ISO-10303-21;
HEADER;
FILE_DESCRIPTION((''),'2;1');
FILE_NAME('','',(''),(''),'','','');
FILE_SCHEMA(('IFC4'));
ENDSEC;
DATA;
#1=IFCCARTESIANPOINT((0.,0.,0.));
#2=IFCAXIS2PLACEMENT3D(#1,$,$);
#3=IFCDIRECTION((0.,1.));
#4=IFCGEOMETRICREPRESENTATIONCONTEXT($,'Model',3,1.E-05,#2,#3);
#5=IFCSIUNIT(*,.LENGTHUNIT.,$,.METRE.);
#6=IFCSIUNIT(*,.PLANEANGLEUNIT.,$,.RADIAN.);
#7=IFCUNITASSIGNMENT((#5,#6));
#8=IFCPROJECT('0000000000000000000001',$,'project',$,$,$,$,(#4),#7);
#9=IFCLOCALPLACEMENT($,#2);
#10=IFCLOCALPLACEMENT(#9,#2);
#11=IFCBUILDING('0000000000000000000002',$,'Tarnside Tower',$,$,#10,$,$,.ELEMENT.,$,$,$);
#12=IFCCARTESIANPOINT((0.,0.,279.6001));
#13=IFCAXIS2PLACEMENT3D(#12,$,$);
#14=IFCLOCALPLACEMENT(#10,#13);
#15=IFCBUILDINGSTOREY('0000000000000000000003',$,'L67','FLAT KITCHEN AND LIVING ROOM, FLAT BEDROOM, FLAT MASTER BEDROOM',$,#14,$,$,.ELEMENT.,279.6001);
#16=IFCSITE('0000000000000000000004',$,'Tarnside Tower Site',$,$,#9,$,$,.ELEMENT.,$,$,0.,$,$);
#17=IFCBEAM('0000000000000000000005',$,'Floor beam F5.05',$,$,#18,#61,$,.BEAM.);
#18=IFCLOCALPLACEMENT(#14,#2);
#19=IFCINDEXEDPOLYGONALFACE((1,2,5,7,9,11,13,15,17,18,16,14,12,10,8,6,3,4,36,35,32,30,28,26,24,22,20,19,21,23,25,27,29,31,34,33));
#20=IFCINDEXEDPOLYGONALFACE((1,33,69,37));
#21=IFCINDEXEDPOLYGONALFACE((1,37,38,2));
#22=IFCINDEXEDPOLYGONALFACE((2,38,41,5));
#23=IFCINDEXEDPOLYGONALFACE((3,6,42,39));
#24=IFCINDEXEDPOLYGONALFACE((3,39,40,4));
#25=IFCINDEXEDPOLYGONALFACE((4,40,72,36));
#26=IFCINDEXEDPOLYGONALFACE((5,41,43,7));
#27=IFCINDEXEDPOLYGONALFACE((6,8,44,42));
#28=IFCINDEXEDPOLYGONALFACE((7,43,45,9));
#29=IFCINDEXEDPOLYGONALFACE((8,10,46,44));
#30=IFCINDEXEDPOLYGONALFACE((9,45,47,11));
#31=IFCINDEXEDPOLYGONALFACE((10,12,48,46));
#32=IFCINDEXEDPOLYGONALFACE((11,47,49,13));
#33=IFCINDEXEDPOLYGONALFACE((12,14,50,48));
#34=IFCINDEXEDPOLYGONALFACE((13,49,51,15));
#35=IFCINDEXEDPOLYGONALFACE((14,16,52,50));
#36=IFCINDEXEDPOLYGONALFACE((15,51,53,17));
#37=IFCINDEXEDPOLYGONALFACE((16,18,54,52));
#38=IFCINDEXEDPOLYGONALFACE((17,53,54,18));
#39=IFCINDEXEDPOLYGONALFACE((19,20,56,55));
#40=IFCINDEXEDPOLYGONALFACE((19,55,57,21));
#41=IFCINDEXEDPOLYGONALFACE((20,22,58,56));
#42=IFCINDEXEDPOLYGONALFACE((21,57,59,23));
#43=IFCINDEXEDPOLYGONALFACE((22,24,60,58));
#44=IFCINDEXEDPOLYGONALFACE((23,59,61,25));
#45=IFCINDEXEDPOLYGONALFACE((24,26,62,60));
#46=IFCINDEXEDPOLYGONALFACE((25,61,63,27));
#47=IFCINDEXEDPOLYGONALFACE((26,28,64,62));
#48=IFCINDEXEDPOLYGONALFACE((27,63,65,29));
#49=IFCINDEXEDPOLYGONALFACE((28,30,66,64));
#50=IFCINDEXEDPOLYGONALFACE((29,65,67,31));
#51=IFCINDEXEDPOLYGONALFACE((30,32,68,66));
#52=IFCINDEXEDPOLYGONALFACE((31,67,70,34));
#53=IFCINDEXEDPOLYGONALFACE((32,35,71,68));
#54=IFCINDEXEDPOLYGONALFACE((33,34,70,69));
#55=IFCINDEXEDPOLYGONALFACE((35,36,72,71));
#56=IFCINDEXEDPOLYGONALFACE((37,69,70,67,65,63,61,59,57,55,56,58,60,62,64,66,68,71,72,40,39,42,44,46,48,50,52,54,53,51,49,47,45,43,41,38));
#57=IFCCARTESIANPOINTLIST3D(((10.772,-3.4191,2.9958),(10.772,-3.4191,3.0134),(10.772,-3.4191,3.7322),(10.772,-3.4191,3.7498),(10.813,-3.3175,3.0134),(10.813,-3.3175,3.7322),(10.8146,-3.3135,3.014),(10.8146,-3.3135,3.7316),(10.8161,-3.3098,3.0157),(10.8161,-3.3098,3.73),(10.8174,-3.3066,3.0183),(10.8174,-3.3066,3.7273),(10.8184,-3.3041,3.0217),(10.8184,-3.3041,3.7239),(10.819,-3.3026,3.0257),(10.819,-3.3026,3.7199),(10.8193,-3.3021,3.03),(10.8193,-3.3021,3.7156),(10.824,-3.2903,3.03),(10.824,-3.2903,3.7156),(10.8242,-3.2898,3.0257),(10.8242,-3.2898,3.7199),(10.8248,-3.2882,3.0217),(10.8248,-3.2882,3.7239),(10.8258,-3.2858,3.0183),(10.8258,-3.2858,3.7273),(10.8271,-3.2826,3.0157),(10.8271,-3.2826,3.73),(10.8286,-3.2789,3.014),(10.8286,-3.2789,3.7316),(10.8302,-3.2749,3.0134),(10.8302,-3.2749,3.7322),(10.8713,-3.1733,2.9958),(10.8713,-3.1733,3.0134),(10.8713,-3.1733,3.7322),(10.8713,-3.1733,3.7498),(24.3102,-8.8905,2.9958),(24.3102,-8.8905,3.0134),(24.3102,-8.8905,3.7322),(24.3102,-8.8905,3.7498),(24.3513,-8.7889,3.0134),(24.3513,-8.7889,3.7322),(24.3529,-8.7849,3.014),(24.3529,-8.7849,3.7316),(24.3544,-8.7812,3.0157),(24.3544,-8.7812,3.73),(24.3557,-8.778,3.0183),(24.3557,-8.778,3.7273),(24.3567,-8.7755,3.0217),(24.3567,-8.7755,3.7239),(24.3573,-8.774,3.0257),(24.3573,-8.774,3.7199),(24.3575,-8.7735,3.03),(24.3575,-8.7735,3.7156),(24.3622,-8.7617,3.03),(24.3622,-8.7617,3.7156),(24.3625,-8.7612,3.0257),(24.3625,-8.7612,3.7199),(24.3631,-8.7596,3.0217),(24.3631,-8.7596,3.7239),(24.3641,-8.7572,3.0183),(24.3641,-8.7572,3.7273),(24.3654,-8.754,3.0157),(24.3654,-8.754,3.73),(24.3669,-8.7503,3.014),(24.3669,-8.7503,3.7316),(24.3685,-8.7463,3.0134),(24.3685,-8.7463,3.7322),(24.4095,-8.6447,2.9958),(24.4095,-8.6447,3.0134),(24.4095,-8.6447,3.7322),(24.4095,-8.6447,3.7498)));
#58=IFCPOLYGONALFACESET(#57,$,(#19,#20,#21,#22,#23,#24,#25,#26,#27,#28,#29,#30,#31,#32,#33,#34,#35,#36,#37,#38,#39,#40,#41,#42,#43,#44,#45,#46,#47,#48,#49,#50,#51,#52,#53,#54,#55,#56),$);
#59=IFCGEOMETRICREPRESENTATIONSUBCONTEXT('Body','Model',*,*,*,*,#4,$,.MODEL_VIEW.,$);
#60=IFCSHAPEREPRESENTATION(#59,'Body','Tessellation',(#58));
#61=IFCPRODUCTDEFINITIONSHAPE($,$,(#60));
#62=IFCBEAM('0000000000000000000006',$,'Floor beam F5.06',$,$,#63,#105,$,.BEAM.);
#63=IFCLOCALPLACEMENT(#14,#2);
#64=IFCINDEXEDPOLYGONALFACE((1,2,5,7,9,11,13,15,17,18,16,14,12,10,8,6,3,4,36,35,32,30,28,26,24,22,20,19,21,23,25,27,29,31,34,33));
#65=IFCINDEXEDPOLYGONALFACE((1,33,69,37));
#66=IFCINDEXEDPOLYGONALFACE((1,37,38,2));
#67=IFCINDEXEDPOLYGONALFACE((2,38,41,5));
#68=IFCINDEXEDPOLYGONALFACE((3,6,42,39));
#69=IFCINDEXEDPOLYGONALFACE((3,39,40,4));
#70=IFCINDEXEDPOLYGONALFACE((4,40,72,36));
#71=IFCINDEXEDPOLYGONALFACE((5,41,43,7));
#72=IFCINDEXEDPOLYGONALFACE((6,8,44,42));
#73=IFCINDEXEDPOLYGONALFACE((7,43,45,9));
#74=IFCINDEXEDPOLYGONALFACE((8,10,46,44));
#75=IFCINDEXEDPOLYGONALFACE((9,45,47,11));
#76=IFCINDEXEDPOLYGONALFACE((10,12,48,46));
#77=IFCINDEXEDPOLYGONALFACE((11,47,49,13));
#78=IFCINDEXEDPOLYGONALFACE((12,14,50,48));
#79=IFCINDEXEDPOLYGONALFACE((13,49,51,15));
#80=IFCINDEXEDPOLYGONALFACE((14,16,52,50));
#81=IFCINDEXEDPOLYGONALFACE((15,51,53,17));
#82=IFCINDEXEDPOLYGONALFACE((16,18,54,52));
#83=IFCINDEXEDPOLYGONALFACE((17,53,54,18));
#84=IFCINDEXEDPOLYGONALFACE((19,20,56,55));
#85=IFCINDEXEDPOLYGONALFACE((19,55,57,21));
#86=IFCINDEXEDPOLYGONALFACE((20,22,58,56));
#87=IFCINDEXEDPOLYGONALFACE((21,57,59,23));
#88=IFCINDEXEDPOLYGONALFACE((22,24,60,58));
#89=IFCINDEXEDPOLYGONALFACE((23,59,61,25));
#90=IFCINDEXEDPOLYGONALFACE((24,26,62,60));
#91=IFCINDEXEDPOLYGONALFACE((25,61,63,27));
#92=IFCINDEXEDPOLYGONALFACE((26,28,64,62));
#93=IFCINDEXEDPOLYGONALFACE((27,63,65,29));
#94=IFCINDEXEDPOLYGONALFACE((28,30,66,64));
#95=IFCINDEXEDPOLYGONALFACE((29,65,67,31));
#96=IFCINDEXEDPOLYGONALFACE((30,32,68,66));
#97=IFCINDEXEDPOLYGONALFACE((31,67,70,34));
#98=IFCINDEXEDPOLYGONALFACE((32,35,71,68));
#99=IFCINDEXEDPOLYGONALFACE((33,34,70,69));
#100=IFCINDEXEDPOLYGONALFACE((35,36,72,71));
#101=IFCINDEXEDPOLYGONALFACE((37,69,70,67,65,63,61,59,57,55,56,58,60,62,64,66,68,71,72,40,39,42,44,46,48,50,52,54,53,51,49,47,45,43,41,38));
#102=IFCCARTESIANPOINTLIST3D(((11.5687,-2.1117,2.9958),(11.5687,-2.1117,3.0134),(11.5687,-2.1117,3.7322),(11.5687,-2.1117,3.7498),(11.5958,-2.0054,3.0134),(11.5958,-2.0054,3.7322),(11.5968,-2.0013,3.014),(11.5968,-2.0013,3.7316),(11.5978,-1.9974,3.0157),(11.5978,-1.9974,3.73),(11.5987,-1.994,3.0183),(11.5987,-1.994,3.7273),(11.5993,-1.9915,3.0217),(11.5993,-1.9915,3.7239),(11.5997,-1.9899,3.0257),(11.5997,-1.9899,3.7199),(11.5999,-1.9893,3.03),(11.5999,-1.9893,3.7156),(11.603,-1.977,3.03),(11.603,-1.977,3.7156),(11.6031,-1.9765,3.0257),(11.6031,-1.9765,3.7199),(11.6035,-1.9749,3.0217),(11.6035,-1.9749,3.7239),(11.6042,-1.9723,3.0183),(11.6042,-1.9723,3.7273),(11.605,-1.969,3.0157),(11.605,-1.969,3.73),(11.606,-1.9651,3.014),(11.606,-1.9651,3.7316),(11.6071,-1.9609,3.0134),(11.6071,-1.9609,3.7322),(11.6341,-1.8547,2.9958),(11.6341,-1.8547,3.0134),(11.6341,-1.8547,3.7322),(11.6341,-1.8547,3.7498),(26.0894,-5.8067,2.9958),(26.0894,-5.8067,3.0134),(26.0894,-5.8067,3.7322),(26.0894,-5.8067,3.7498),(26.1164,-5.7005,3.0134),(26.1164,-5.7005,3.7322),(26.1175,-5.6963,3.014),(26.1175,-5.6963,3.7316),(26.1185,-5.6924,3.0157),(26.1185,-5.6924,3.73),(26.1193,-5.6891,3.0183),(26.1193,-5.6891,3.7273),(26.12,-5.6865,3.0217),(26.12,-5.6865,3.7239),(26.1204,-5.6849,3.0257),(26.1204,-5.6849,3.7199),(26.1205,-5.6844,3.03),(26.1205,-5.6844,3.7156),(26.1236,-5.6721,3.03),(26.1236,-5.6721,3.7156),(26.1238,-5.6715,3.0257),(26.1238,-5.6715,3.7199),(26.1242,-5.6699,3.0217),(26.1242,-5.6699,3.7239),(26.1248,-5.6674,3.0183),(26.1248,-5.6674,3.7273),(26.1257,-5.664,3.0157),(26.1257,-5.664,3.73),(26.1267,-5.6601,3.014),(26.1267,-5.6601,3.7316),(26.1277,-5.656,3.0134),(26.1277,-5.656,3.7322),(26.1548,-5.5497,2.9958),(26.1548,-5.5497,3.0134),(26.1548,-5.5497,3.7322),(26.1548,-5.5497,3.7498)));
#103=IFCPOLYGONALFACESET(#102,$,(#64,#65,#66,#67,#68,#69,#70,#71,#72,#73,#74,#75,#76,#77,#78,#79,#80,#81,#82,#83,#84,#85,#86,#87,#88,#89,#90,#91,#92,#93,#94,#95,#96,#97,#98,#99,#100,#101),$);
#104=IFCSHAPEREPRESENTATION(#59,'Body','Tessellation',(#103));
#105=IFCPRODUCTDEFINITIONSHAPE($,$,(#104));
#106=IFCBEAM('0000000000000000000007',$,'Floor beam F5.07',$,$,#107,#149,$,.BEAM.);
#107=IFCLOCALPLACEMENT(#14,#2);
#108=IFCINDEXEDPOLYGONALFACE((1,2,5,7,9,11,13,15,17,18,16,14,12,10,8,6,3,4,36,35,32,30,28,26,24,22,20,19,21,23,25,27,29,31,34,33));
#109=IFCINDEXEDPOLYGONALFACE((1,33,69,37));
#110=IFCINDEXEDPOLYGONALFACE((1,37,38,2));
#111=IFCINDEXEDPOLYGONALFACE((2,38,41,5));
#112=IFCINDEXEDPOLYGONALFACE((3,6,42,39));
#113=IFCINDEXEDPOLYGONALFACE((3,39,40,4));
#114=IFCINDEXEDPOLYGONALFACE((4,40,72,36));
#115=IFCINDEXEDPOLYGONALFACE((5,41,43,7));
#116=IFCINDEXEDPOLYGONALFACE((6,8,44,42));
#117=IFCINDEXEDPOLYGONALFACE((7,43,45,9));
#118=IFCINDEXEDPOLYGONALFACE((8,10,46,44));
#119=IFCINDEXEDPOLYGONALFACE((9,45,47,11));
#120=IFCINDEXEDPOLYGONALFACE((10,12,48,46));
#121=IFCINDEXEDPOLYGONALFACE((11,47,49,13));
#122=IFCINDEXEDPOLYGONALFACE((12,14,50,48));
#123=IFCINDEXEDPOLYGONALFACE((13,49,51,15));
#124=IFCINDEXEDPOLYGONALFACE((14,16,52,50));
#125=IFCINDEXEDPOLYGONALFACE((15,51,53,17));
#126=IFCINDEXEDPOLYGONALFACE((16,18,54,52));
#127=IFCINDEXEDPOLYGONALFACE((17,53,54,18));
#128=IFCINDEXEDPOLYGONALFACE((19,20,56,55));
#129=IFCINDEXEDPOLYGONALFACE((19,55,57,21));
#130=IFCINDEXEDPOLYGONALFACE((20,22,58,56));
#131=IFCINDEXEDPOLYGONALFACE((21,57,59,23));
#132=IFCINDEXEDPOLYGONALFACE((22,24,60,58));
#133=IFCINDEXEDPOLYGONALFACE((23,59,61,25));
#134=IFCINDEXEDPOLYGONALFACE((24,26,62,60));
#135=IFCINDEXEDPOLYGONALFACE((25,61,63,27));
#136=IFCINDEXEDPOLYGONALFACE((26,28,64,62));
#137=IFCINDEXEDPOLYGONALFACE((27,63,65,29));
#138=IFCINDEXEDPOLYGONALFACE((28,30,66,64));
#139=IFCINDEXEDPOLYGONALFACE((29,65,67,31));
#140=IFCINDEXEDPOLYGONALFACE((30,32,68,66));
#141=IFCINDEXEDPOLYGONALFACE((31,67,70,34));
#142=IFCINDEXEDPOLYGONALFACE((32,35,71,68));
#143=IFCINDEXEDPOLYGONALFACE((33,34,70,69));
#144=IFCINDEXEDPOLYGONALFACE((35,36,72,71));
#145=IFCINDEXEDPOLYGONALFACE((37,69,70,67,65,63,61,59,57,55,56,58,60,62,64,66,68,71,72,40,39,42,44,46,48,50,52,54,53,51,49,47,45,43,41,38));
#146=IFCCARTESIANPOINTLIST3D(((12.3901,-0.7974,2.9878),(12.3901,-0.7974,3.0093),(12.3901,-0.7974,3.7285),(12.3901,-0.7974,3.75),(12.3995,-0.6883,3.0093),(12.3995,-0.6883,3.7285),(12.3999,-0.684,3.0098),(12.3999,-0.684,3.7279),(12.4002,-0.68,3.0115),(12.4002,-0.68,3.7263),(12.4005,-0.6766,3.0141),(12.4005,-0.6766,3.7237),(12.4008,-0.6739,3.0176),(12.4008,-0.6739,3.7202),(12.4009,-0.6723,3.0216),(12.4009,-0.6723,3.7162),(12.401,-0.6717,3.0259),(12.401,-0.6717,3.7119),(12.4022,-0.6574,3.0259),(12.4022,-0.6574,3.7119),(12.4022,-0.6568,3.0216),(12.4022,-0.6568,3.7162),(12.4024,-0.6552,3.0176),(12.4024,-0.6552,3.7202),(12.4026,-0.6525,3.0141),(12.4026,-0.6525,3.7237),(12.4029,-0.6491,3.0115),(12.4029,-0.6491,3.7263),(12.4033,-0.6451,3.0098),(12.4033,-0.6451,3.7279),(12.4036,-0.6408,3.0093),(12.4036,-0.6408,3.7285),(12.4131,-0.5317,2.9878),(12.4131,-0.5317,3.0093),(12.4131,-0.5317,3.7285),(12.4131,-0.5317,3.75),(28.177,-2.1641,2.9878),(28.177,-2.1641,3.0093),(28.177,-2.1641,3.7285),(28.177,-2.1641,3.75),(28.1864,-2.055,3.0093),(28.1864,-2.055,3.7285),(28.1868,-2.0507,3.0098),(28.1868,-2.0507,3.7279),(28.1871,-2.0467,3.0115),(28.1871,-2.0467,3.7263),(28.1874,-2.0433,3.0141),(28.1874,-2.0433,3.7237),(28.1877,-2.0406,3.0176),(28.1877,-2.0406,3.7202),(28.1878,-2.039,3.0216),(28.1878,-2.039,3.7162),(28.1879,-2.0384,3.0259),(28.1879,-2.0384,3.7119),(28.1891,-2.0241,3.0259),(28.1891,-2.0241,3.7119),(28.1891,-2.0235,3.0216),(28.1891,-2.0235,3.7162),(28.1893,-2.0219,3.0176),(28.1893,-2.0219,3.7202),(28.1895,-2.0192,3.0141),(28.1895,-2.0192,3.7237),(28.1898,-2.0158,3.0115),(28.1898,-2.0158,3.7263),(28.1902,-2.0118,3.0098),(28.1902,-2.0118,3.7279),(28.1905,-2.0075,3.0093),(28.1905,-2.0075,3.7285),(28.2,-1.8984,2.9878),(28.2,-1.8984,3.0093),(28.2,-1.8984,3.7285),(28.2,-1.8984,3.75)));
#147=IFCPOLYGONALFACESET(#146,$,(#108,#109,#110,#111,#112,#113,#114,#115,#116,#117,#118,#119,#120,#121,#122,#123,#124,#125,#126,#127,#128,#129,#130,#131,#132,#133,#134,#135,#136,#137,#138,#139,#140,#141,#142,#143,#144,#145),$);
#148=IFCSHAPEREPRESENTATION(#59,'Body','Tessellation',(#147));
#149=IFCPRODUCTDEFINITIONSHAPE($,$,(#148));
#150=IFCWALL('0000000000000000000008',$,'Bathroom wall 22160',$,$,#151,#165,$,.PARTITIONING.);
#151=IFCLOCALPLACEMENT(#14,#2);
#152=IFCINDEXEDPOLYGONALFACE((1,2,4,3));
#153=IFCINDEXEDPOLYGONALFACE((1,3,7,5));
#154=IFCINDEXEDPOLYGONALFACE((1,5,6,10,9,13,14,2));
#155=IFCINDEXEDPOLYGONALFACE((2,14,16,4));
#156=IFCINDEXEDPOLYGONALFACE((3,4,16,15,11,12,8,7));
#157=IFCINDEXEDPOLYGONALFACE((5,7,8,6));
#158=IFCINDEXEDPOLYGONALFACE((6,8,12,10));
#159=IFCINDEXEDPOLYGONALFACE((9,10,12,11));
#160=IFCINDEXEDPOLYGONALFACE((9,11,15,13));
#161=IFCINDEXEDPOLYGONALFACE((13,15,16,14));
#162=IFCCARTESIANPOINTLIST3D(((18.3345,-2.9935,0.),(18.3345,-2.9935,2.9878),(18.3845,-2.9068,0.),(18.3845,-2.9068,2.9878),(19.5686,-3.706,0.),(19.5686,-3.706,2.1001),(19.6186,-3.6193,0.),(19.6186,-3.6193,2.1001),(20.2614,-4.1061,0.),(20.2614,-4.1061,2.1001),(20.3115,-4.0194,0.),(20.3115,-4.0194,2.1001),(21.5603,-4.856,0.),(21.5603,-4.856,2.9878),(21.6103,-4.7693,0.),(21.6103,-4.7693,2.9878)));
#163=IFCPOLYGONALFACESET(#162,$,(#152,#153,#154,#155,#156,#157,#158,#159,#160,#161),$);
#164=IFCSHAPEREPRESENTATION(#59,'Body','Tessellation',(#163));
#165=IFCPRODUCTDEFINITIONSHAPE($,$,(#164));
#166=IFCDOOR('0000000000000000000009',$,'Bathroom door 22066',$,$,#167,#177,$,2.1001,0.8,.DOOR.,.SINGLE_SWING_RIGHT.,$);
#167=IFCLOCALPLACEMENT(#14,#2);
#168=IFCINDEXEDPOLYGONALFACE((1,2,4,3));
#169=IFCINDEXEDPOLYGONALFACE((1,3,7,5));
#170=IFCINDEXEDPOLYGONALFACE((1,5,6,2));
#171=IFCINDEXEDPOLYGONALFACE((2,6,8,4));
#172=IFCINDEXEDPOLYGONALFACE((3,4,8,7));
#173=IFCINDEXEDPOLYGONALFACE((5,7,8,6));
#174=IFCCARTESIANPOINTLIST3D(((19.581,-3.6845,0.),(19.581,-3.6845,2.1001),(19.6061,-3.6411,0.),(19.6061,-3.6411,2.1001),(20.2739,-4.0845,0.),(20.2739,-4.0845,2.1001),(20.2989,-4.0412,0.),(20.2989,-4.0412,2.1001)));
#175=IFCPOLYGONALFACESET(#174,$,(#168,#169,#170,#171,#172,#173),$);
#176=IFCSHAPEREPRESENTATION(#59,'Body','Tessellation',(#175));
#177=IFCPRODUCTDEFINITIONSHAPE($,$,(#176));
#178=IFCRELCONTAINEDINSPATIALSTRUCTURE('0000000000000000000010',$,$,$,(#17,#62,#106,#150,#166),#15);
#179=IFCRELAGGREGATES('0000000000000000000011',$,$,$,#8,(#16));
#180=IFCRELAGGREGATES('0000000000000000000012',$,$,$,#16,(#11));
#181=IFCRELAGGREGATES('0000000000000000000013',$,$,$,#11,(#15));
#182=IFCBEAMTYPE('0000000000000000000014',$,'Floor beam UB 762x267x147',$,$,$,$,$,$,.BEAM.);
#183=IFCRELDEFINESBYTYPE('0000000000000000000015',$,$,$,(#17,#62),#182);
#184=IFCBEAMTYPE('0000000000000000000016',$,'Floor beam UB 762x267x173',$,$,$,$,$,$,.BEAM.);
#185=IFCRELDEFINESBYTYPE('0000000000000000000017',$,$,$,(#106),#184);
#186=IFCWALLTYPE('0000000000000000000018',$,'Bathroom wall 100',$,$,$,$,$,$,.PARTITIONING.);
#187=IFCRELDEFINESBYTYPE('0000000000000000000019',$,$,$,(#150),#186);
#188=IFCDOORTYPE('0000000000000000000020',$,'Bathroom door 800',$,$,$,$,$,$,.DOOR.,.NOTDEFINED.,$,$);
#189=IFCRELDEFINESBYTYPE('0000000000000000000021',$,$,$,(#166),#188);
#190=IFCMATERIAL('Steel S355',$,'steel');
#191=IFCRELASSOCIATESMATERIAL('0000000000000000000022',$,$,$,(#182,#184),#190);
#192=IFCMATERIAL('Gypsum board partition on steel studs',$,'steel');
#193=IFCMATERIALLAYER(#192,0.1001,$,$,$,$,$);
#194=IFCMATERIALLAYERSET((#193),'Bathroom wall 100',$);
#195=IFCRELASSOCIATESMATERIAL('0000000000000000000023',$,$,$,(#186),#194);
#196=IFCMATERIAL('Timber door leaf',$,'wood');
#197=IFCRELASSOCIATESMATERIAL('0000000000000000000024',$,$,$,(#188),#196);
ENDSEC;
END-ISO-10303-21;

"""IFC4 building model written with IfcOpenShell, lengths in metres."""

from ifc_helpers import new_model, si_unit, direction, frame, frame_2d, origin, origin_2d, place, context, subcontext, project, spatial, rectangle, i_section, extrude, material, layer, layer_set, material_profile, profile_set, type_object, element, fill, save


model = new_model("IFC4")

# Units and contexts
model_context = context("Model", 3, precision=1e-05, world=origin(), true_north=direction((0.0, 1.0)))
body_context = subcontext(model_context, "Body", "Model", "MODEL_VIEW")
ifc_project = project(units=[si_unit("LENGTHUNIT", "METRE"), si_unit("PLANEANGLEUNIT", "RADIAN")], contexts=[model_context])

# Site, building, storey
site_placement = place(None, origin())
site = spatial("IfcSite", under=ifc_project, at=site_placement, Name="Tarnside Tower Site", CompositionType="ELEMENT", RefElevation=0.0)
building_placement = place(site_placement, origin())
building = spatial("IfcBuilding", under=site, at=building_placement, Name="Tarnside Tower", CompositionType="ELEMENT")
storey_placement = place(building_placement, frame((0.0, 0.0, 279.6001)))
storey = spatial("IfcBuildingStorey", under=building, at=storey_placement, Name="L67", Description="FLAT KITCHEN AND LIVING ROOM, FLAT BEDROOM, FLAT MASTER BEDROOM", CompositionType="ELEMENT", Elevation=279.6001)

# Beams
ifc_material_1 = material(Name="Steel S355", Category="steel")
ifc_material_profile_1 = material_profile(ifc_material_1, i_section(OverallWidth=0.2651, OverallDepth=0.7539, WebThickness=0.0127, FlangeThickness=0.0176, FilletRadius=0.0166, at=origin_2d()), Name="UB 762x267x147")
ifc_profile_set_1 = profile_set([ifc_material_profile_1], Name="Steel S355")
beam_type_1 = type_object("IfcBeamType", Name="Floor beam UB 762x267x147", PredefinedType="BEAM", material=ifc_profile_set_1)
beam_1_placement = place(storey_placement, frame((24.3599, -8.7676, 3.3728), z_axis=(-0.927146, 0.374701, 0.0), x_axis=(-0.374701, -0.927146, 0.0)))
element("IfcBeam", 1, at=beam_1_placement, inside=storey, type_object=beam_type_1, Name="Floor beam F5.05", PredefinedType="BEAM", context=body_context, shape_type="SweptSolid", body=[
    extrude(i_section(OverallWidth=0.2651, OverallDepth=0.7539, WebThickness=0.0127, FlangeThickness=0.0176, FilletRadius=0.0166, at=origin_2d()), origin(), (0.0, 0.0, 1.0), 14.6021),
])
beam_2_placement = place(storey_placement, frame((26.1221, -5.6782, 3.3728), z_axis=(-0.969115, 0.246609, 0.0), x_axis=(-0.246609, -0.969115, 0.0)))
element("IfcBeam", 2, at=beam_2_placement, inside=storey, type_object=beam_type_1, Name="Floor beam F5.06", PredefinedType="BEAM", context=body_context, shape_type="SweptSolid", body=[
    extrude(i_section(OverallWidth=0.2651, OverallDepth=0.7539, WebThickness=0.0127, FlangeThickness=0.0176, FilletRadius=0.0166, at=origin_2d()), origin(), (0.0, 0.0, 1.0), 14.9834),
])
ifc_material_profile_2 = material_profile(ifc_material_1, i_section(OverallWidth=0.2666, OverallDepth=0.7622, WebThickness=0.0144, FlangeThickness=0.0215, FilletRadius=0.0166, at=origin_2d()), Name="UB 762x267x173")
ifc_profile_set_2 = profile_set([ifc_material_profile_2], Name="Steel S355")
beam_type_2 = type_object("IfcBeamType", Name="Floor beam UB 762x267x173", PredefinedType="BEAM", material=ifc_profile_set_2)
beam_3_placement = place(storey_placement, frame((28.1885, -2.0312, 3.3689), z_axis=(-0.996274, 0.086249, 0.0), x_axis=(-0.086249, -0.996274, 0.0)))
element("IfcBeam", 3, at=beam_3_placement, inside=storey, type_object=beam_type_2, Name="Floor beam F5.07", PredefinedType="BEAM", context=body_context, shape_type="SweptSolid", body=[
    extrude(i_section(OverallWidth=0.2666, OverallDepth=0.7622, WebThickness=0.0144, FlangeThickness=0.0215, FilletRadius=0.0166, at=origin_2d()), origin(), (0.0, 0.0, 1.0), 15.8459),
])

# Wall, opening, door
ifc_material_2 = material(Name="Gypsum board partition on steel studs", Category="steel")
ifc_layer_1 = layer(ifc_material_2, 0.1001)
ifc_layer_set_1 = layer_set([ifc_layer_1], Name="Bathroom wall 100")
wall_type_1 = type_object("IfcWallType", Name="Bathroom wall 100", PredefinedType="PARTITIONING", material=ifc_layer_set_1)
wall_1_placement = place(storey_placement, frame((18.3596, -2.9502, 0.0), z_axis=(0.0, 0.0, 1.0), x_axis=(0.866012, -0.500023, 0.0)))
wall_1 = element("IfcWall", 4, at=wall_1_placement, inside=storey, type_object=wall_type_1, Name="Bathroom wall 22160", PredefinedType="PARTITIONING", context=body_context, shape_type="SweptSolid", body=[
    extrude(rectangle(XDim=3.7249, YDim=0.1001, at=frame_2d((1.8623, 0.0))), origin(), (0.0, 0.0, 1.0), 2.9878),
])
opening_1_placement = place(wall_1_placement, frame((1.425, 0.0, 0.0)))
opening_1 = element("IfcOpeningElement", 5, at=opening_1_placement, cuts=wall_1, PredefinedType="OPENING", context=body_context, shape_type="SweptSolid", body=[
    extrude(rectangle(XDim=0.8, YDim=2.1001, at=frame_2d((0.3999, 1.05))), frame((0.0, 0.0601, 0.0), z_axis=(0.0, -1.0, 0.0), x_axis=(1.0, 0.0, 0.0)), (0.0, 0.0, 1.0), 0.1201),
])
ifc_material_3 = material(Name="Timber door leaf", Category="wood")
door_type_1 = type_object("IfcDoorType", Name="Bathroom door 800", OperationType="NOTDEFINED", PredefinedType="DOOR", material=ifc_material_3)
door_1_placement = place(opening_1_placement, origin())
door_1 = element("IfcDoor", 6, at=door_1_placement, inside=storey, type_object=door_type_1, Name="Bathroom door 22066", OperationType="SINGLE_SWING_RIGHT", OverallHeight=2.1001, OverallWidth=0.8, PredefinedType="DOOR", context=body_context, shape_type="SweptSolid", body=[
    extrude(rectangle(XDim=0.8, YDim=2.1001, at=frame_2d((0.3999, 1.05))), frame((0.0, 0.0249, 0.0), z_axis=(0.0, -1.0, 0.0), x_axis=(1.0, 0.0, 0.0)), (0.0, 0.0, 1.0), 0.05),
])
fill(opening_1, door_1)

save(model, "model.ifc")
